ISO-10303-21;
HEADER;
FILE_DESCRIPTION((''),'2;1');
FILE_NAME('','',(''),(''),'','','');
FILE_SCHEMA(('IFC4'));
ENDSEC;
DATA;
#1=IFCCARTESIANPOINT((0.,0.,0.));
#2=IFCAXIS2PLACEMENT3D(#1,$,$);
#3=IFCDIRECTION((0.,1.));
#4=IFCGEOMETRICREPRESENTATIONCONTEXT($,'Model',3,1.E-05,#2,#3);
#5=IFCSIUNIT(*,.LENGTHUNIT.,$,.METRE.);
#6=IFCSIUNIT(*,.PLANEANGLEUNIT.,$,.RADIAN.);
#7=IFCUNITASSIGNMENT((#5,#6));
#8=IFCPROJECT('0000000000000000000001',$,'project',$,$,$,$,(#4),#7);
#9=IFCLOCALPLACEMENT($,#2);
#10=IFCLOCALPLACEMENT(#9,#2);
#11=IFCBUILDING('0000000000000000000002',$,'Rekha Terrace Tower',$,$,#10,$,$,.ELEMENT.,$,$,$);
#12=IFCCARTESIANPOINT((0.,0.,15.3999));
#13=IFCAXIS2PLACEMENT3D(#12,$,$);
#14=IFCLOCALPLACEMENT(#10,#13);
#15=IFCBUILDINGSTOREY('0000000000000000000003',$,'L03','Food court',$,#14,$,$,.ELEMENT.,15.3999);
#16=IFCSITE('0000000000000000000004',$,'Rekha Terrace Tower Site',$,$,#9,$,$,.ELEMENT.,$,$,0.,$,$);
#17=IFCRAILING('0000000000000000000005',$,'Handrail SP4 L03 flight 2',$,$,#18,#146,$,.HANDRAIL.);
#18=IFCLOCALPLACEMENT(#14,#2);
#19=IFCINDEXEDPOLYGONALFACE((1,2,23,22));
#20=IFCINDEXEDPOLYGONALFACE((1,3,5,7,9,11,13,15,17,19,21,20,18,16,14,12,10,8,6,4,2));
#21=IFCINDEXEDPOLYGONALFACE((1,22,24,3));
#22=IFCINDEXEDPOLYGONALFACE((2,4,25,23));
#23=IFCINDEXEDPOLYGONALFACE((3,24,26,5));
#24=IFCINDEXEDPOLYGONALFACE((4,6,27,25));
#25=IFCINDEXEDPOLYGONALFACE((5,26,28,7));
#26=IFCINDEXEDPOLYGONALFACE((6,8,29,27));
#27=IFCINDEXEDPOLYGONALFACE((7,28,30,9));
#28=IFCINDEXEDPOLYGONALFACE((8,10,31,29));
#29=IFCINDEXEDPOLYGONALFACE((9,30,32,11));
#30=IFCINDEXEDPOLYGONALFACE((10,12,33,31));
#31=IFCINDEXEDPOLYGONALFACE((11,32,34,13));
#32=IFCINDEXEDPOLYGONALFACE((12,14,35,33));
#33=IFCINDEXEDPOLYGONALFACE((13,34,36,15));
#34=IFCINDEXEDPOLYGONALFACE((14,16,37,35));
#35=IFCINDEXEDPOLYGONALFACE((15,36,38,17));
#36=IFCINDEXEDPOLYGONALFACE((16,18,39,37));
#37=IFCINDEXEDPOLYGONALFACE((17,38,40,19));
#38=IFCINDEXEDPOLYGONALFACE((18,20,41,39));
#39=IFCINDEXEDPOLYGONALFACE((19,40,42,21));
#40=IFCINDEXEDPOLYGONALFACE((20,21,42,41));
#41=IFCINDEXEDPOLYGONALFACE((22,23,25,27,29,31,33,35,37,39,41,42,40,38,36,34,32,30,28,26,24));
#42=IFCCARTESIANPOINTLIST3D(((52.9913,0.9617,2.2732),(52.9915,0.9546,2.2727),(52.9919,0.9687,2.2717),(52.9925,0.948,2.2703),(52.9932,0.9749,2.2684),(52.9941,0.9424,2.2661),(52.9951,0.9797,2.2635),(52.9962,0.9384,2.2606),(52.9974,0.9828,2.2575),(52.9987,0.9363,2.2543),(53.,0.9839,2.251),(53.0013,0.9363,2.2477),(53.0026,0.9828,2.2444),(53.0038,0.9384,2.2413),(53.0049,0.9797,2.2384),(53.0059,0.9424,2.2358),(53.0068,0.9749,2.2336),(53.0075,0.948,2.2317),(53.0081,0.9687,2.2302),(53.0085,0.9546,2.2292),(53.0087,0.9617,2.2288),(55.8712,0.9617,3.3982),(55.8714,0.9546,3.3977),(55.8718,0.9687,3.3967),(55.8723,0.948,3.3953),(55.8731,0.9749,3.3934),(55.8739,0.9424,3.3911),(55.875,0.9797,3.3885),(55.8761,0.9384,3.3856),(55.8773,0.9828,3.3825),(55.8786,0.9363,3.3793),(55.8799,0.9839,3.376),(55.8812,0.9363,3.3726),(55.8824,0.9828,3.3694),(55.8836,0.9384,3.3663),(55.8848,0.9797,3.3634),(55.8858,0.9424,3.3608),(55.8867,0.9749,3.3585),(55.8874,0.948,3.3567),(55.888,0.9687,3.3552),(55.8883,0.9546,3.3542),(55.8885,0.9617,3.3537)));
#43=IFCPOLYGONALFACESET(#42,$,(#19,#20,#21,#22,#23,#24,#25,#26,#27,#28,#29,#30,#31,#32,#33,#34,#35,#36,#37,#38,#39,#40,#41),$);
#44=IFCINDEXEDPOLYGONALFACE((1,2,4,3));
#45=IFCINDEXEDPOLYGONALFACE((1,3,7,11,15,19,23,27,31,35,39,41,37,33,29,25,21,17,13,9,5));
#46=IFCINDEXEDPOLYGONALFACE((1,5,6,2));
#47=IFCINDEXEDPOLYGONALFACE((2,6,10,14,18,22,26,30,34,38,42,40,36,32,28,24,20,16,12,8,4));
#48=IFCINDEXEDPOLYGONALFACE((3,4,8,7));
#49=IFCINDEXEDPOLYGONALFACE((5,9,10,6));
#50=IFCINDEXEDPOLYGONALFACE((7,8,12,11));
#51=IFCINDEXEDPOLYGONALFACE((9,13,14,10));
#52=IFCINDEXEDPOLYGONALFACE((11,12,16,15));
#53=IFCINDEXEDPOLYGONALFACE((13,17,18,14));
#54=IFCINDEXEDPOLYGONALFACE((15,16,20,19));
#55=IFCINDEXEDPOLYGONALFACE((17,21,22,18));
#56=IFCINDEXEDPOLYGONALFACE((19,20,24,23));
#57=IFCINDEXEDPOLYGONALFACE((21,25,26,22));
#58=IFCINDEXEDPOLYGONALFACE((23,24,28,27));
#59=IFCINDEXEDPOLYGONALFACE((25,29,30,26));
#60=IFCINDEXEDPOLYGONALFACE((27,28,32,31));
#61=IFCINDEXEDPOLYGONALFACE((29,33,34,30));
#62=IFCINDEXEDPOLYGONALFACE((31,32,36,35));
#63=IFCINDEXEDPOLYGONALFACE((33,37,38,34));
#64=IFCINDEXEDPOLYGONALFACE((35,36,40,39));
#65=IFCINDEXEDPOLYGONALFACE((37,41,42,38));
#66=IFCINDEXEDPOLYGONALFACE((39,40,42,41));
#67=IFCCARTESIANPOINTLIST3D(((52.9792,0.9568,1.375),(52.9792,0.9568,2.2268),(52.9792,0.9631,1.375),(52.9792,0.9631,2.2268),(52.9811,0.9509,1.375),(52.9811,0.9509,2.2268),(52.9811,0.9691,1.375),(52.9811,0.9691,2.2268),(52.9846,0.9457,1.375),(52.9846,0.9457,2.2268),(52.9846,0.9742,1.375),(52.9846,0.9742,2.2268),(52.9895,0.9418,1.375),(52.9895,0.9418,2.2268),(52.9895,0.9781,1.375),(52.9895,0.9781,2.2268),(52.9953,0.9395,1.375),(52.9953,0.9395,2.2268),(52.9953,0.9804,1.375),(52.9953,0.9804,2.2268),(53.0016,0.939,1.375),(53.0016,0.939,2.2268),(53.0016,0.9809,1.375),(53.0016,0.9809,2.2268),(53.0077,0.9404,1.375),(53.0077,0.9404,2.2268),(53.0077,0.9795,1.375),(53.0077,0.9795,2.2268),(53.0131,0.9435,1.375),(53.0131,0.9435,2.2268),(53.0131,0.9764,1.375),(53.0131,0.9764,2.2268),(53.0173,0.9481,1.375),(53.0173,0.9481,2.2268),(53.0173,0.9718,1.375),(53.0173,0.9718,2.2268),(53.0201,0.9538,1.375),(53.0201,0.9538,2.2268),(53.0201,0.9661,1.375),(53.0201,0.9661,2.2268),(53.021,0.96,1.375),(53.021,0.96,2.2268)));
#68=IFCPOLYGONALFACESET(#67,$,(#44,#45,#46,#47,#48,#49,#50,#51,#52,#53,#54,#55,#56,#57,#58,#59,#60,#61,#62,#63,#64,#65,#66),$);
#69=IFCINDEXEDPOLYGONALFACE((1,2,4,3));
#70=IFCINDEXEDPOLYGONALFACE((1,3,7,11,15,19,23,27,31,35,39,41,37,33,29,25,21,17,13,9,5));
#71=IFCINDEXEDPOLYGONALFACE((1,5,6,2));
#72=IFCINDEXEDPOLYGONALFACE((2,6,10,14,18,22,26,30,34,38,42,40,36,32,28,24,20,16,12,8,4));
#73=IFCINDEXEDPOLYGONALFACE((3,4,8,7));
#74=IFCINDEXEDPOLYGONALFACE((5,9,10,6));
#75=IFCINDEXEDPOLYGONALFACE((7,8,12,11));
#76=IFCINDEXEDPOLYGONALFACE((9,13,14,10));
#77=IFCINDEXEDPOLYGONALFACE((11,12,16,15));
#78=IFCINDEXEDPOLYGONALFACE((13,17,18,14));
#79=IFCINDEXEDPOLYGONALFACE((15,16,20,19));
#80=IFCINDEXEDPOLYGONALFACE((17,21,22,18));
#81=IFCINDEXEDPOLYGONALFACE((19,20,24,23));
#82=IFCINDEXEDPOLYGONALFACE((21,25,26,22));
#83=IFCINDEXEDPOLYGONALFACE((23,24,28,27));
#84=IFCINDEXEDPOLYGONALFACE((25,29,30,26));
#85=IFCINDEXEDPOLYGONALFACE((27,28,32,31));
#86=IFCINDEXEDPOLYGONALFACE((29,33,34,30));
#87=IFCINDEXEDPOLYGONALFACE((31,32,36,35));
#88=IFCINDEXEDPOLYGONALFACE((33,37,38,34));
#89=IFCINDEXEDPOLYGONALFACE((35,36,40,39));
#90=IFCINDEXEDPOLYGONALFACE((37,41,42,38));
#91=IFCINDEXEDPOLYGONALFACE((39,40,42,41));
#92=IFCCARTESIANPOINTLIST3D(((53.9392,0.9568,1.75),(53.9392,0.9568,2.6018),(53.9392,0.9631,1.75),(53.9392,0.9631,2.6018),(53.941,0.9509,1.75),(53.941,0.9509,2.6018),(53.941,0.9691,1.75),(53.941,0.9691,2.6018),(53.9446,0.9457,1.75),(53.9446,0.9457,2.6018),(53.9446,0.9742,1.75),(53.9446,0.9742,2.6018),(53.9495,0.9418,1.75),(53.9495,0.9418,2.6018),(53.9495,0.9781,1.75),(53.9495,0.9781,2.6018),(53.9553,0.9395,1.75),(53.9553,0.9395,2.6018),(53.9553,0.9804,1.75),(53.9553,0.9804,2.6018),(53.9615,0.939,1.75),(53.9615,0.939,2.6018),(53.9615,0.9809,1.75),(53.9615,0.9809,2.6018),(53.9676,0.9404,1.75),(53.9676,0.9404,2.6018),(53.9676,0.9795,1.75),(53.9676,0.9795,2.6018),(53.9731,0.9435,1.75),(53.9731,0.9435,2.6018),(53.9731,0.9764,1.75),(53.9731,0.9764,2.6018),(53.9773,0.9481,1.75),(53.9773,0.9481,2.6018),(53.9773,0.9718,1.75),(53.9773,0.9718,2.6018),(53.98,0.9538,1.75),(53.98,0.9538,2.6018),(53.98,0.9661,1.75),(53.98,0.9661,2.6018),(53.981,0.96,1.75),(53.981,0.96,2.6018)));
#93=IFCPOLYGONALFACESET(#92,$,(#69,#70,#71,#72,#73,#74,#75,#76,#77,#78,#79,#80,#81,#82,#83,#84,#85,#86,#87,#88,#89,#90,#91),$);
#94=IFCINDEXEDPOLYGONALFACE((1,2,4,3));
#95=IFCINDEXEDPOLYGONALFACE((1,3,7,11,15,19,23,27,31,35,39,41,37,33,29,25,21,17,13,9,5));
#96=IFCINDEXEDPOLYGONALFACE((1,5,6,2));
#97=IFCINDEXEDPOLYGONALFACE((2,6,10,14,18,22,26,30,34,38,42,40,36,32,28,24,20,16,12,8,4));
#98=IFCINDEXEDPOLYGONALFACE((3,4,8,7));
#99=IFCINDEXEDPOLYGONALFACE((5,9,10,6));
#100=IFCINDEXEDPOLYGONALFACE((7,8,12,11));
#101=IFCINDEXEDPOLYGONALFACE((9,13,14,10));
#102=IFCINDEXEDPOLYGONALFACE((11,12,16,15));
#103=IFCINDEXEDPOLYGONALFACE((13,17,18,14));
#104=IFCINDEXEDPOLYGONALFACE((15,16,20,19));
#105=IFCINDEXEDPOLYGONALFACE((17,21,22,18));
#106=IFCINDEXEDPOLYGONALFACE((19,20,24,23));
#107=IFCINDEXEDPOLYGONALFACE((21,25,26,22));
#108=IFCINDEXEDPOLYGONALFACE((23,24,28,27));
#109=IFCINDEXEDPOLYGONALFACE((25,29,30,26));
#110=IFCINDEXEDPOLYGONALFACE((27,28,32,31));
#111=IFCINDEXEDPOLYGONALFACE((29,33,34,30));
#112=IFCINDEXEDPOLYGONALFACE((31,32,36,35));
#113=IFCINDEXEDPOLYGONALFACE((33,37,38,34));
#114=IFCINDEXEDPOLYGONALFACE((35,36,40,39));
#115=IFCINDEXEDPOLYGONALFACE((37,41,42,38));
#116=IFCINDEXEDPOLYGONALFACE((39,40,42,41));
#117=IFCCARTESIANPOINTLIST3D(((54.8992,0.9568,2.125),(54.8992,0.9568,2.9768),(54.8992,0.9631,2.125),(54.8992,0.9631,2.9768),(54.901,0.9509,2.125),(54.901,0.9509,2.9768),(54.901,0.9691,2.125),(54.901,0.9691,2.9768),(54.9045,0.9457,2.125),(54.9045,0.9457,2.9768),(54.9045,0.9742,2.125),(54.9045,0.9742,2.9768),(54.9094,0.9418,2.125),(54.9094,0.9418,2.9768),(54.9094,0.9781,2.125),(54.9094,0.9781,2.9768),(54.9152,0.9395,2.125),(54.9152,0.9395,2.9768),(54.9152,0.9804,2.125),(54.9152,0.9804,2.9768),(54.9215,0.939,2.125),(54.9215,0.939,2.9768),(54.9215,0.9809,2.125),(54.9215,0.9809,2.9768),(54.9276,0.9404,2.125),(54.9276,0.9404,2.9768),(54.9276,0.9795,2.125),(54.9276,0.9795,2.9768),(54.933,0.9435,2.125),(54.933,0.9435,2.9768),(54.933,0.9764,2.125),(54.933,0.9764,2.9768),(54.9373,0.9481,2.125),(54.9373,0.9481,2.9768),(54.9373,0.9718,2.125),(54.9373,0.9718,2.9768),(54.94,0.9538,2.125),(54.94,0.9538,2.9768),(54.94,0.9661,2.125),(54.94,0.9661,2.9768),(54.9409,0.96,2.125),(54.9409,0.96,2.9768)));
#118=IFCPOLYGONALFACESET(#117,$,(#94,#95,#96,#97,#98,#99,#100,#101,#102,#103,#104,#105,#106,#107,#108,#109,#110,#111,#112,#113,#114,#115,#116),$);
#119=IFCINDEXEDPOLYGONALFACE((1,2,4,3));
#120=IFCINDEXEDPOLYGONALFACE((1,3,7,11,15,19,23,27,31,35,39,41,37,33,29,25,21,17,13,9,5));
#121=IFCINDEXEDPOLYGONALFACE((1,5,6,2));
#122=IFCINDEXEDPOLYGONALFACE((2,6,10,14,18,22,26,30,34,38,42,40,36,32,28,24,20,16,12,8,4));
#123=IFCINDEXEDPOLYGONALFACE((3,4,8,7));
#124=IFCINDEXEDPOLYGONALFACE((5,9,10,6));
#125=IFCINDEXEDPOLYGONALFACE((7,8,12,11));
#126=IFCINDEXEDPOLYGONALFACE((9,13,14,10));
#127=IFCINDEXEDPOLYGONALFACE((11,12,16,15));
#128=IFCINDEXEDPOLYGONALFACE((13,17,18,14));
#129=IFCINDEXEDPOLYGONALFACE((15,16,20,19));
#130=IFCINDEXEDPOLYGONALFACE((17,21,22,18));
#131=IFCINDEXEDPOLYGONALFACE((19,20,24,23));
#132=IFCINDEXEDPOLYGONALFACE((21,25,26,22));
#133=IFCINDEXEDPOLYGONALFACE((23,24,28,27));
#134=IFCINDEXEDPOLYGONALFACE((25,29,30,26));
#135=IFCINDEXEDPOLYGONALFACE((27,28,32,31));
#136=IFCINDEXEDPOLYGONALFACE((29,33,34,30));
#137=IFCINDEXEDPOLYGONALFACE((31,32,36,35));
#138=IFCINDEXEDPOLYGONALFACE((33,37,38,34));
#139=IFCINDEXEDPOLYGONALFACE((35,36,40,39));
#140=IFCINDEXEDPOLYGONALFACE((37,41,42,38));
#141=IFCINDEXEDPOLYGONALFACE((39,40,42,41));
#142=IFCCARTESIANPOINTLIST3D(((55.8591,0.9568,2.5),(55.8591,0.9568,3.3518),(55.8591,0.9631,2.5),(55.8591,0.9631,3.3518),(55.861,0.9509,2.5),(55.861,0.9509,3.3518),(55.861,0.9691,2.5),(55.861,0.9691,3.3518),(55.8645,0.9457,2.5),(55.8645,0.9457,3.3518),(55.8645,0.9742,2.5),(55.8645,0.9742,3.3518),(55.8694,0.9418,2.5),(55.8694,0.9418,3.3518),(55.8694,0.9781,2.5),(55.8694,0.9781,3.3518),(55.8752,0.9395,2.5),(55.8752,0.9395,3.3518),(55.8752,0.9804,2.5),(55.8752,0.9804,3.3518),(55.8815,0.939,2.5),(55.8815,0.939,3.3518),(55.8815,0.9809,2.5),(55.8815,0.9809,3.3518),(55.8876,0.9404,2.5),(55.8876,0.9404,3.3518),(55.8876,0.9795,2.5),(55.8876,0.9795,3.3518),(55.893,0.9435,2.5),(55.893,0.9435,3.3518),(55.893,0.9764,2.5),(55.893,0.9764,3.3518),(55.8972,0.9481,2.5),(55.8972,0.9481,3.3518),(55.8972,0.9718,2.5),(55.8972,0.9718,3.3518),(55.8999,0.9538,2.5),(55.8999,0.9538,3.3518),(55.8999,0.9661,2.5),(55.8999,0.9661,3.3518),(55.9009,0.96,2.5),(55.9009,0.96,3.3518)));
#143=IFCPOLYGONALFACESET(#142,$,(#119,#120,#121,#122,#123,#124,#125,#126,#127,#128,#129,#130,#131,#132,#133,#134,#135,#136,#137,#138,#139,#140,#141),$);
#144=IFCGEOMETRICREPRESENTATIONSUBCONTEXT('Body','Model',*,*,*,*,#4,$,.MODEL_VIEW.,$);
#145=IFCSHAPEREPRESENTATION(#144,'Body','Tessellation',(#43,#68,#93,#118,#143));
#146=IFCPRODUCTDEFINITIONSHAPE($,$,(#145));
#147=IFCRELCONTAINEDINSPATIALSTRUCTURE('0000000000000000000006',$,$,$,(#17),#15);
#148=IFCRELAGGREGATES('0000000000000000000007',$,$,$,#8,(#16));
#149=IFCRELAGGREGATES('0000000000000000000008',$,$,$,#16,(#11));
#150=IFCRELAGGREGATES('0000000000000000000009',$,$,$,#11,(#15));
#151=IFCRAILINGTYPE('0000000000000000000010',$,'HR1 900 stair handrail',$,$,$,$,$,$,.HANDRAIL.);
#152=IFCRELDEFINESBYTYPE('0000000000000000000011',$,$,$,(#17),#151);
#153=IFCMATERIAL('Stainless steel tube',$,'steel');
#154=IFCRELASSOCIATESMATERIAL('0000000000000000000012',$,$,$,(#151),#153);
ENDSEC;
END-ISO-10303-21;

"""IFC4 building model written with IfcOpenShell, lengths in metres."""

from ifc_helpers import new_model, si_unit, direction, frame, origin, origin_2d, place, context, subcontext, project, spatial, circle, extrude, material, type_object, element, save


model = new_model("IFC4")

# Units and contexts
model_context = context("Model", 3, precision=1e-05, world=origin(), true_north=direction((0.0, 1.0)))
body_context = subcontext(model_context, "Body", "Model", "MODEL_VIEW")
ifc_project = project(units=[si_unit("LENGTHUNIT", "METRE"), si_unit("PLANEANGLEUNIT", "RADIAN")], contexts=[model_context])

# Site, building, storey
site_placement = place(None, origin())
site = spatial("IfcSite", under=ifc_project, at=site_placement, Name="Rekha Terrace Tower Site", CompositionType="ELEMENT", RefElevation=0.0)
building_placement = place(site_placement, origin())
building = spatial("IfcBuilding", under=site, at=building_placement, Name="Rekha Terrace Tower", CompositionType="ELEMENT")
storey_placement = place(building_placement, frame((0.0, 0.0, 15.3999)))
storey = spatial("IfcBuildingStorey", under=building, at=storey_placement, Name="L03", Description="Food court", CompositionType="ELEMENT", Elevation=15.3999)

# Railing
ifc_material_1 = material(Name="Stainless steel tube", Category="steel")
railing_type_1 = type_object("IfcRailingType", Name="HR1 900 stair handrail", PredefinedType="HANDRAIL", material=ifc_material_1)
railing_1_placement = place(storey_placement, frame((53.0, 0.96, 1.375)))
element("IfcRailing", 1, at=railing_1_placement, inside=storey, type_object=railing_type_1, Name="Handrail SP4 L03 flight 2", PredefinedType="HANDRAIL", context=body_context, shape_type="SweptSolid", body=[
    extrude(circle(Radius=0.0239, at=origin_2d()), frame((0.0, 0.0, 0.876), z_axis=(0.931452, 0.0, 0.363863), x_axis=(0.0, 1.0, 0.0)), (0.0, 0.0, 1.0), 3.0918),
    extrude(circle(Radius=0.021, at=origin_2d()), origin(), (0.0, 0.0, 1.0), 0.8518),
    extrude(circle(Radius=0.021, at=origin_2d()), frame((0.96, 0.0, 0.375)), (0.0, 0.0, 1.0), 0.8518),
    extrude(circle(Radius=0.021, at=origin_2d()), frame((1.9199, 0.0, 0.75)), (0.0, 0.0, 1.0), 0.8518),
    extrude(circle(Radius=0.021, at=origin_2d()), frame((2.8799, 0.0, 1.125)), (0.0, 0.0, 1.0), 0.8518),
])

save(model, "model.ifc")
